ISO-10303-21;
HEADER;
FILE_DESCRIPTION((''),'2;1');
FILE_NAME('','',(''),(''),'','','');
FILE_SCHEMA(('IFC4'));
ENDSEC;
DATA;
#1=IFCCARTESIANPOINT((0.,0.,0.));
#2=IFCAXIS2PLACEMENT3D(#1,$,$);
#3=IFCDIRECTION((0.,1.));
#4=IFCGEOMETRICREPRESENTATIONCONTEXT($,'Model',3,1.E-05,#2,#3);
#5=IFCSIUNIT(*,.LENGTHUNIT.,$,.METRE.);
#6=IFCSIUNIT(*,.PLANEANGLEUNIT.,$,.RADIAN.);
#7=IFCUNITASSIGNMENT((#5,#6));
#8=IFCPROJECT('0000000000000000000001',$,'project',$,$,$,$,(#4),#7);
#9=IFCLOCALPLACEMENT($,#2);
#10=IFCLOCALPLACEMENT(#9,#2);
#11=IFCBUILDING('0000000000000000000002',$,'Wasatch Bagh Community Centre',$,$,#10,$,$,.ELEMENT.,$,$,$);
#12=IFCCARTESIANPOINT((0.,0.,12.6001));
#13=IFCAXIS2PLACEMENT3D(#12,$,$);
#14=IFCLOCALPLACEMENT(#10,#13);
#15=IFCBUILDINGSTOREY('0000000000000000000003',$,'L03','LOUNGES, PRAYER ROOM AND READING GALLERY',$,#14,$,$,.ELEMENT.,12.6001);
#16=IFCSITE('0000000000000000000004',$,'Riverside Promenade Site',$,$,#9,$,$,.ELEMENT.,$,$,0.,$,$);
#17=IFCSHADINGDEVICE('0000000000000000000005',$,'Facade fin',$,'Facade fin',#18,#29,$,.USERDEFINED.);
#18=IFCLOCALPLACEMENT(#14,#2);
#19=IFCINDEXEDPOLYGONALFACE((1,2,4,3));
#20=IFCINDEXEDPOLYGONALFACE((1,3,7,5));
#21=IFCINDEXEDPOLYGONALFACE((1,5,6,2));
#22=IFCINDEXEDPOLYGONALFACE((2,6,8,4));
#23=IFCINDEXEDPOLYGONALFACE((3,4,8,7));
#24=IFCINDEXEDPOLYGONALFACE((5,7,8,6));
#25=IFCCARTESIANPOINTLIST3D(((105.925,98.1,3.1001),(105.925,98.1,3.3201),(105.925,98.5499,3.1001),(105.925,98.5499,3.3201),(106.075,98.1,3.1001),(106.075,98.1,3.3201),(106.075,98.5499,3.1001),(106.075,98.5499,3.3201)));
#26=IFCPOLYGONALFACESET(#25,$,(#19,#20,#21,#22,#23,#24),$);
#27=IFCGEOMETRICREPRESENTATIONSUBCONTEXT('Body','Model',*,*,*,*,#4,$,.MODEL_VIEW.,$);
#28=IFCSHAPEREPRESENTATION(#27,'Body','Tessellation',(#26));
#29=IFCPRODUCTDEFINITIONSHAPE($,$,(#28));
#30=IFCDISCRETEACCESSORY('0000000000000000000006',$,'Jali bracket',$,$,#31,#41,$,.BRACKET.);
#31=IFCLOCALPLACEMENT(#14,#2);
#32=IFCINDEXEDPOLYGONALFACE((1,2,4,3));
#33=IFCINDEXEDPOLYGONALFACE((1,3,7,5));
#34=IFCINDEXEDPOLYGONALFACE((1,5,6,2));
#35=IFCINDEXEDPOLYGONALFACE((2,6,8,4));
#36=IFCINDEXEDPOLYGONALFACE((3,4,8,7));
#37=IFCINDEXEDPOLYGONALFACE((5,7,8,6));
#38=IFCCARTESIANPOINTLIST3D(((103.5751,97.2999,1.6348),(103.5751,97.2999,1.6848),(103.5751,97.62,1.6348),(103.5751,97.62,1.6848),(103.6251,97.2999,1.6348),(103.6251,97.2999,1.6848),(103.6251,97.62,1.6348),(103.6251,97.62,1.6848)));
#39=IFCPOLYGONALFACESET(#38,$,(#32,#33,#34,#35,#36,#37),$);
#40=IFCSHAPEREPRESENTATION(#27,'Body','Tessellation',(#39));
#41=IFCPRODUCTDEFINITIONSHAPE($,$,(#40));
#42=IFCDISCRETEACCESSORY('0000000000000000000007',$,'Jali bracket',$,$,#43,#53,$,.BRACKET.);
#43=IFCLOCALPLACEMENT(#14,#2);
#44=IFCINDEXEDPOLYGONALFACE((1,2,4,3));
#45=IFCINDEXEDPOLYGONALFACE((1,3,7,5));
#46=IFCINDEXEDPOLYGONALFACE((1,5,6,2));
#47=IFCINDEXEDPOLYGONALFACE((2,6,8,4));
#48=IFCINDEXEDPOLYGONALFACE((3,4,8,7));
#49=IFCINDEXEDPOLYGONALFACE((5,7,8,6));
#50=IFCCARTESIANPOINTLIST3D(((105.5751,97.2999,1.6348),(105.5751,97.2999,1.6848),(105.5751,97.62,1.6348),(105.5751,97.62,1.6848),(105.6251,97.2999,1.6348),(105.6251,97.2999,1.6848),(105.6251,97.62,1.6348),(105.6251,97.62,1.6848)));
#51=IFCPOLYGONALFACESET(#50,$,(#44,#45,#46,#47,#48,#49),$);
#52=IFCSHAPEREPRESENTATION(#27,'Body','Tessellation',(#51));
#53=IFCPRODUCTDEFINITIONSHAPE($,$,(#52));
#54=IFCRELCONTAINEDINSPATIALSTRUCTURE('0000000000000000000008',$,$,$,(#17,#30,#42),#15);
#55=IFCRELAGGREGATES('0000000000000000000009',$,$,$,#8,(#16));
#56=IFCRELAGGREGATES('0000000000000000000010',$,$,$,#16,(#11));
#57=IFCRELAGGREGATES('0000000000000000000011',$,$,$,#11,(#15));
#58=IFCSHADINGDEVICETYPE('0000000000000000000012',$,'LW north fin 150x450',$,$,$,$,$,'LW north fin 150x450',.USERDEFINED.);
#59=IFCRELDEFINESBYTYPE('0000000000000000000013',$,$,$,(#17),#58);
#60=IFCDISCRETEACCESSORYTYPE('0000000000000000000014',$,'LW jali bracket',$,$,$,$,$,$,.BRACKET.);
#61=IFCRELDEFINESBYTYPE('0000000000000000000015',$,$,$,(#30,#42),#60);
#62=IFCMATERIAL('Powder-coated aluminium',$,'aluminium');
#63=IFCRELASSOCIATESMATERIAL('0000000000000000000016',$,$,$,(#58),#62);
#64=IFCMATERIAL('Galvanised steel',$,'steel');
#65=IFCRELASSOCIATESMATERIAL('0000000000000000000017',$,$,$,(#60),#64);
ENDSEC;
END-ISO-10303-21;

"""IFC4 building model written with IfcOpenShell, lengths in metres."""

from ifc_helpers import new_model, si_unit, direction, frame, origin, origin_2d, place, context, subcontext, project, spatial, rectangle, extrude, material, type_object, element, save


model = new_model("IFC4")

# Units and contexts
model_context = context("Model", 3, precision=1e-05, world=origin(), true_north=direction((0.0, 1.0)))
body_context = subcontext(model_context, "Body", "Model", "MODEL_VIEW")
ifc_project = project(units=[si_unit("LENGTHUNIT", "METRE"), si_unit("PLANEANGLEUNIT", "RADIAN")], contexts=[model_context])

# Site, building, storey
site_placement = place(None, origin())
site = spatial("IfcSite", under=ifc_project, at=site_placement, Name="Riverside Promenade Site", CompositionType="ELEMENT", RefElevation=0.0)
building_placement = place(site_placement, origin())
building = spatial("IfcBuilding", under=site, at=building_placement, Name="Wasatch Bagh Community Centre", CompositionType="ELEMENT")
storey_placement = place(building_placement, frame((0.0, 0.0, 12.6001)))
storey = spatial("IfcBuildingStorey", under=building, at=storey_placement, Name="L03", Description="LOUNGES, PRAYER ROOM AND READING GALLERY", CompositionType="ELEMENT", Elevation=12.6001)

# Shading device
ifc_material_1 = material(Name="Powder-coated aluminium", Category="aluminium")
shading_device_type = type_object("IfcShadingDeviceType", Name="LW north fin 150x450", ElementType="LW north fin 150x450", PredefinedType="USERDEFINED", material=ifc_material_1)
shading_device_placement = place(storey_placement, frame((106.0, 98.325, 3.1001), z_axis=(0.0, 0.0, 1.0), x_axis=(1.0, 0.0, 0.0)))
element("IfcShadingDevice", 1, at=shading_device_placement, inside=storey, type_object=shading_device_type, Name="Facade fin", ObjectType="Facade fin", PredefinedType="USERDEFINED", context=body_context, shape_type="SweptSolid", body=[
    extrude(rectangle(XDim=0.1499, YDim=0.45, at=origin_2d()), origin(), (0.0, 0.0, 1.0), 0.22),
])

# Discrete accessories
ifc_material_2 = material(Name="Galvanised steel", Category="steel")
discrete_accessory_type = type_object("IfcDiscreteAccessoryType", Name="LW jali bracket", PredefinedType="BRACKET", material=ifc_material_2)
for number, where, z_axis, x_axis, name in (
    (2, (103.6001, 97.46, 1.6348), (0.0, 0.0, 1.0), (1.0, 0.0, 0.0), "Jali bracket"),
    (3, (105.6001, 97.46, 1.6348), (0.0, 0.0, 1.0), (1.0, 0.0, 0.0), "Jali bracket"),
):
    element("IfcDiscreteAccessory", number, at=place(storey_placement, frame(where, z_axis=z_axis, x_axis=x_axis)), inside=storey, type_object=discrete_accessory_type, Name=name, PredefinedType="BRACKET", context=body_context, shape_type="SweptSolid", body=[
        extrude(rectangle(XDim=0.05, YDim=0.3201, at=origin_2d()), origin(), (0.0, 0.0, 1.0), 0.05),
    ])

save(model, "model.ifc")
